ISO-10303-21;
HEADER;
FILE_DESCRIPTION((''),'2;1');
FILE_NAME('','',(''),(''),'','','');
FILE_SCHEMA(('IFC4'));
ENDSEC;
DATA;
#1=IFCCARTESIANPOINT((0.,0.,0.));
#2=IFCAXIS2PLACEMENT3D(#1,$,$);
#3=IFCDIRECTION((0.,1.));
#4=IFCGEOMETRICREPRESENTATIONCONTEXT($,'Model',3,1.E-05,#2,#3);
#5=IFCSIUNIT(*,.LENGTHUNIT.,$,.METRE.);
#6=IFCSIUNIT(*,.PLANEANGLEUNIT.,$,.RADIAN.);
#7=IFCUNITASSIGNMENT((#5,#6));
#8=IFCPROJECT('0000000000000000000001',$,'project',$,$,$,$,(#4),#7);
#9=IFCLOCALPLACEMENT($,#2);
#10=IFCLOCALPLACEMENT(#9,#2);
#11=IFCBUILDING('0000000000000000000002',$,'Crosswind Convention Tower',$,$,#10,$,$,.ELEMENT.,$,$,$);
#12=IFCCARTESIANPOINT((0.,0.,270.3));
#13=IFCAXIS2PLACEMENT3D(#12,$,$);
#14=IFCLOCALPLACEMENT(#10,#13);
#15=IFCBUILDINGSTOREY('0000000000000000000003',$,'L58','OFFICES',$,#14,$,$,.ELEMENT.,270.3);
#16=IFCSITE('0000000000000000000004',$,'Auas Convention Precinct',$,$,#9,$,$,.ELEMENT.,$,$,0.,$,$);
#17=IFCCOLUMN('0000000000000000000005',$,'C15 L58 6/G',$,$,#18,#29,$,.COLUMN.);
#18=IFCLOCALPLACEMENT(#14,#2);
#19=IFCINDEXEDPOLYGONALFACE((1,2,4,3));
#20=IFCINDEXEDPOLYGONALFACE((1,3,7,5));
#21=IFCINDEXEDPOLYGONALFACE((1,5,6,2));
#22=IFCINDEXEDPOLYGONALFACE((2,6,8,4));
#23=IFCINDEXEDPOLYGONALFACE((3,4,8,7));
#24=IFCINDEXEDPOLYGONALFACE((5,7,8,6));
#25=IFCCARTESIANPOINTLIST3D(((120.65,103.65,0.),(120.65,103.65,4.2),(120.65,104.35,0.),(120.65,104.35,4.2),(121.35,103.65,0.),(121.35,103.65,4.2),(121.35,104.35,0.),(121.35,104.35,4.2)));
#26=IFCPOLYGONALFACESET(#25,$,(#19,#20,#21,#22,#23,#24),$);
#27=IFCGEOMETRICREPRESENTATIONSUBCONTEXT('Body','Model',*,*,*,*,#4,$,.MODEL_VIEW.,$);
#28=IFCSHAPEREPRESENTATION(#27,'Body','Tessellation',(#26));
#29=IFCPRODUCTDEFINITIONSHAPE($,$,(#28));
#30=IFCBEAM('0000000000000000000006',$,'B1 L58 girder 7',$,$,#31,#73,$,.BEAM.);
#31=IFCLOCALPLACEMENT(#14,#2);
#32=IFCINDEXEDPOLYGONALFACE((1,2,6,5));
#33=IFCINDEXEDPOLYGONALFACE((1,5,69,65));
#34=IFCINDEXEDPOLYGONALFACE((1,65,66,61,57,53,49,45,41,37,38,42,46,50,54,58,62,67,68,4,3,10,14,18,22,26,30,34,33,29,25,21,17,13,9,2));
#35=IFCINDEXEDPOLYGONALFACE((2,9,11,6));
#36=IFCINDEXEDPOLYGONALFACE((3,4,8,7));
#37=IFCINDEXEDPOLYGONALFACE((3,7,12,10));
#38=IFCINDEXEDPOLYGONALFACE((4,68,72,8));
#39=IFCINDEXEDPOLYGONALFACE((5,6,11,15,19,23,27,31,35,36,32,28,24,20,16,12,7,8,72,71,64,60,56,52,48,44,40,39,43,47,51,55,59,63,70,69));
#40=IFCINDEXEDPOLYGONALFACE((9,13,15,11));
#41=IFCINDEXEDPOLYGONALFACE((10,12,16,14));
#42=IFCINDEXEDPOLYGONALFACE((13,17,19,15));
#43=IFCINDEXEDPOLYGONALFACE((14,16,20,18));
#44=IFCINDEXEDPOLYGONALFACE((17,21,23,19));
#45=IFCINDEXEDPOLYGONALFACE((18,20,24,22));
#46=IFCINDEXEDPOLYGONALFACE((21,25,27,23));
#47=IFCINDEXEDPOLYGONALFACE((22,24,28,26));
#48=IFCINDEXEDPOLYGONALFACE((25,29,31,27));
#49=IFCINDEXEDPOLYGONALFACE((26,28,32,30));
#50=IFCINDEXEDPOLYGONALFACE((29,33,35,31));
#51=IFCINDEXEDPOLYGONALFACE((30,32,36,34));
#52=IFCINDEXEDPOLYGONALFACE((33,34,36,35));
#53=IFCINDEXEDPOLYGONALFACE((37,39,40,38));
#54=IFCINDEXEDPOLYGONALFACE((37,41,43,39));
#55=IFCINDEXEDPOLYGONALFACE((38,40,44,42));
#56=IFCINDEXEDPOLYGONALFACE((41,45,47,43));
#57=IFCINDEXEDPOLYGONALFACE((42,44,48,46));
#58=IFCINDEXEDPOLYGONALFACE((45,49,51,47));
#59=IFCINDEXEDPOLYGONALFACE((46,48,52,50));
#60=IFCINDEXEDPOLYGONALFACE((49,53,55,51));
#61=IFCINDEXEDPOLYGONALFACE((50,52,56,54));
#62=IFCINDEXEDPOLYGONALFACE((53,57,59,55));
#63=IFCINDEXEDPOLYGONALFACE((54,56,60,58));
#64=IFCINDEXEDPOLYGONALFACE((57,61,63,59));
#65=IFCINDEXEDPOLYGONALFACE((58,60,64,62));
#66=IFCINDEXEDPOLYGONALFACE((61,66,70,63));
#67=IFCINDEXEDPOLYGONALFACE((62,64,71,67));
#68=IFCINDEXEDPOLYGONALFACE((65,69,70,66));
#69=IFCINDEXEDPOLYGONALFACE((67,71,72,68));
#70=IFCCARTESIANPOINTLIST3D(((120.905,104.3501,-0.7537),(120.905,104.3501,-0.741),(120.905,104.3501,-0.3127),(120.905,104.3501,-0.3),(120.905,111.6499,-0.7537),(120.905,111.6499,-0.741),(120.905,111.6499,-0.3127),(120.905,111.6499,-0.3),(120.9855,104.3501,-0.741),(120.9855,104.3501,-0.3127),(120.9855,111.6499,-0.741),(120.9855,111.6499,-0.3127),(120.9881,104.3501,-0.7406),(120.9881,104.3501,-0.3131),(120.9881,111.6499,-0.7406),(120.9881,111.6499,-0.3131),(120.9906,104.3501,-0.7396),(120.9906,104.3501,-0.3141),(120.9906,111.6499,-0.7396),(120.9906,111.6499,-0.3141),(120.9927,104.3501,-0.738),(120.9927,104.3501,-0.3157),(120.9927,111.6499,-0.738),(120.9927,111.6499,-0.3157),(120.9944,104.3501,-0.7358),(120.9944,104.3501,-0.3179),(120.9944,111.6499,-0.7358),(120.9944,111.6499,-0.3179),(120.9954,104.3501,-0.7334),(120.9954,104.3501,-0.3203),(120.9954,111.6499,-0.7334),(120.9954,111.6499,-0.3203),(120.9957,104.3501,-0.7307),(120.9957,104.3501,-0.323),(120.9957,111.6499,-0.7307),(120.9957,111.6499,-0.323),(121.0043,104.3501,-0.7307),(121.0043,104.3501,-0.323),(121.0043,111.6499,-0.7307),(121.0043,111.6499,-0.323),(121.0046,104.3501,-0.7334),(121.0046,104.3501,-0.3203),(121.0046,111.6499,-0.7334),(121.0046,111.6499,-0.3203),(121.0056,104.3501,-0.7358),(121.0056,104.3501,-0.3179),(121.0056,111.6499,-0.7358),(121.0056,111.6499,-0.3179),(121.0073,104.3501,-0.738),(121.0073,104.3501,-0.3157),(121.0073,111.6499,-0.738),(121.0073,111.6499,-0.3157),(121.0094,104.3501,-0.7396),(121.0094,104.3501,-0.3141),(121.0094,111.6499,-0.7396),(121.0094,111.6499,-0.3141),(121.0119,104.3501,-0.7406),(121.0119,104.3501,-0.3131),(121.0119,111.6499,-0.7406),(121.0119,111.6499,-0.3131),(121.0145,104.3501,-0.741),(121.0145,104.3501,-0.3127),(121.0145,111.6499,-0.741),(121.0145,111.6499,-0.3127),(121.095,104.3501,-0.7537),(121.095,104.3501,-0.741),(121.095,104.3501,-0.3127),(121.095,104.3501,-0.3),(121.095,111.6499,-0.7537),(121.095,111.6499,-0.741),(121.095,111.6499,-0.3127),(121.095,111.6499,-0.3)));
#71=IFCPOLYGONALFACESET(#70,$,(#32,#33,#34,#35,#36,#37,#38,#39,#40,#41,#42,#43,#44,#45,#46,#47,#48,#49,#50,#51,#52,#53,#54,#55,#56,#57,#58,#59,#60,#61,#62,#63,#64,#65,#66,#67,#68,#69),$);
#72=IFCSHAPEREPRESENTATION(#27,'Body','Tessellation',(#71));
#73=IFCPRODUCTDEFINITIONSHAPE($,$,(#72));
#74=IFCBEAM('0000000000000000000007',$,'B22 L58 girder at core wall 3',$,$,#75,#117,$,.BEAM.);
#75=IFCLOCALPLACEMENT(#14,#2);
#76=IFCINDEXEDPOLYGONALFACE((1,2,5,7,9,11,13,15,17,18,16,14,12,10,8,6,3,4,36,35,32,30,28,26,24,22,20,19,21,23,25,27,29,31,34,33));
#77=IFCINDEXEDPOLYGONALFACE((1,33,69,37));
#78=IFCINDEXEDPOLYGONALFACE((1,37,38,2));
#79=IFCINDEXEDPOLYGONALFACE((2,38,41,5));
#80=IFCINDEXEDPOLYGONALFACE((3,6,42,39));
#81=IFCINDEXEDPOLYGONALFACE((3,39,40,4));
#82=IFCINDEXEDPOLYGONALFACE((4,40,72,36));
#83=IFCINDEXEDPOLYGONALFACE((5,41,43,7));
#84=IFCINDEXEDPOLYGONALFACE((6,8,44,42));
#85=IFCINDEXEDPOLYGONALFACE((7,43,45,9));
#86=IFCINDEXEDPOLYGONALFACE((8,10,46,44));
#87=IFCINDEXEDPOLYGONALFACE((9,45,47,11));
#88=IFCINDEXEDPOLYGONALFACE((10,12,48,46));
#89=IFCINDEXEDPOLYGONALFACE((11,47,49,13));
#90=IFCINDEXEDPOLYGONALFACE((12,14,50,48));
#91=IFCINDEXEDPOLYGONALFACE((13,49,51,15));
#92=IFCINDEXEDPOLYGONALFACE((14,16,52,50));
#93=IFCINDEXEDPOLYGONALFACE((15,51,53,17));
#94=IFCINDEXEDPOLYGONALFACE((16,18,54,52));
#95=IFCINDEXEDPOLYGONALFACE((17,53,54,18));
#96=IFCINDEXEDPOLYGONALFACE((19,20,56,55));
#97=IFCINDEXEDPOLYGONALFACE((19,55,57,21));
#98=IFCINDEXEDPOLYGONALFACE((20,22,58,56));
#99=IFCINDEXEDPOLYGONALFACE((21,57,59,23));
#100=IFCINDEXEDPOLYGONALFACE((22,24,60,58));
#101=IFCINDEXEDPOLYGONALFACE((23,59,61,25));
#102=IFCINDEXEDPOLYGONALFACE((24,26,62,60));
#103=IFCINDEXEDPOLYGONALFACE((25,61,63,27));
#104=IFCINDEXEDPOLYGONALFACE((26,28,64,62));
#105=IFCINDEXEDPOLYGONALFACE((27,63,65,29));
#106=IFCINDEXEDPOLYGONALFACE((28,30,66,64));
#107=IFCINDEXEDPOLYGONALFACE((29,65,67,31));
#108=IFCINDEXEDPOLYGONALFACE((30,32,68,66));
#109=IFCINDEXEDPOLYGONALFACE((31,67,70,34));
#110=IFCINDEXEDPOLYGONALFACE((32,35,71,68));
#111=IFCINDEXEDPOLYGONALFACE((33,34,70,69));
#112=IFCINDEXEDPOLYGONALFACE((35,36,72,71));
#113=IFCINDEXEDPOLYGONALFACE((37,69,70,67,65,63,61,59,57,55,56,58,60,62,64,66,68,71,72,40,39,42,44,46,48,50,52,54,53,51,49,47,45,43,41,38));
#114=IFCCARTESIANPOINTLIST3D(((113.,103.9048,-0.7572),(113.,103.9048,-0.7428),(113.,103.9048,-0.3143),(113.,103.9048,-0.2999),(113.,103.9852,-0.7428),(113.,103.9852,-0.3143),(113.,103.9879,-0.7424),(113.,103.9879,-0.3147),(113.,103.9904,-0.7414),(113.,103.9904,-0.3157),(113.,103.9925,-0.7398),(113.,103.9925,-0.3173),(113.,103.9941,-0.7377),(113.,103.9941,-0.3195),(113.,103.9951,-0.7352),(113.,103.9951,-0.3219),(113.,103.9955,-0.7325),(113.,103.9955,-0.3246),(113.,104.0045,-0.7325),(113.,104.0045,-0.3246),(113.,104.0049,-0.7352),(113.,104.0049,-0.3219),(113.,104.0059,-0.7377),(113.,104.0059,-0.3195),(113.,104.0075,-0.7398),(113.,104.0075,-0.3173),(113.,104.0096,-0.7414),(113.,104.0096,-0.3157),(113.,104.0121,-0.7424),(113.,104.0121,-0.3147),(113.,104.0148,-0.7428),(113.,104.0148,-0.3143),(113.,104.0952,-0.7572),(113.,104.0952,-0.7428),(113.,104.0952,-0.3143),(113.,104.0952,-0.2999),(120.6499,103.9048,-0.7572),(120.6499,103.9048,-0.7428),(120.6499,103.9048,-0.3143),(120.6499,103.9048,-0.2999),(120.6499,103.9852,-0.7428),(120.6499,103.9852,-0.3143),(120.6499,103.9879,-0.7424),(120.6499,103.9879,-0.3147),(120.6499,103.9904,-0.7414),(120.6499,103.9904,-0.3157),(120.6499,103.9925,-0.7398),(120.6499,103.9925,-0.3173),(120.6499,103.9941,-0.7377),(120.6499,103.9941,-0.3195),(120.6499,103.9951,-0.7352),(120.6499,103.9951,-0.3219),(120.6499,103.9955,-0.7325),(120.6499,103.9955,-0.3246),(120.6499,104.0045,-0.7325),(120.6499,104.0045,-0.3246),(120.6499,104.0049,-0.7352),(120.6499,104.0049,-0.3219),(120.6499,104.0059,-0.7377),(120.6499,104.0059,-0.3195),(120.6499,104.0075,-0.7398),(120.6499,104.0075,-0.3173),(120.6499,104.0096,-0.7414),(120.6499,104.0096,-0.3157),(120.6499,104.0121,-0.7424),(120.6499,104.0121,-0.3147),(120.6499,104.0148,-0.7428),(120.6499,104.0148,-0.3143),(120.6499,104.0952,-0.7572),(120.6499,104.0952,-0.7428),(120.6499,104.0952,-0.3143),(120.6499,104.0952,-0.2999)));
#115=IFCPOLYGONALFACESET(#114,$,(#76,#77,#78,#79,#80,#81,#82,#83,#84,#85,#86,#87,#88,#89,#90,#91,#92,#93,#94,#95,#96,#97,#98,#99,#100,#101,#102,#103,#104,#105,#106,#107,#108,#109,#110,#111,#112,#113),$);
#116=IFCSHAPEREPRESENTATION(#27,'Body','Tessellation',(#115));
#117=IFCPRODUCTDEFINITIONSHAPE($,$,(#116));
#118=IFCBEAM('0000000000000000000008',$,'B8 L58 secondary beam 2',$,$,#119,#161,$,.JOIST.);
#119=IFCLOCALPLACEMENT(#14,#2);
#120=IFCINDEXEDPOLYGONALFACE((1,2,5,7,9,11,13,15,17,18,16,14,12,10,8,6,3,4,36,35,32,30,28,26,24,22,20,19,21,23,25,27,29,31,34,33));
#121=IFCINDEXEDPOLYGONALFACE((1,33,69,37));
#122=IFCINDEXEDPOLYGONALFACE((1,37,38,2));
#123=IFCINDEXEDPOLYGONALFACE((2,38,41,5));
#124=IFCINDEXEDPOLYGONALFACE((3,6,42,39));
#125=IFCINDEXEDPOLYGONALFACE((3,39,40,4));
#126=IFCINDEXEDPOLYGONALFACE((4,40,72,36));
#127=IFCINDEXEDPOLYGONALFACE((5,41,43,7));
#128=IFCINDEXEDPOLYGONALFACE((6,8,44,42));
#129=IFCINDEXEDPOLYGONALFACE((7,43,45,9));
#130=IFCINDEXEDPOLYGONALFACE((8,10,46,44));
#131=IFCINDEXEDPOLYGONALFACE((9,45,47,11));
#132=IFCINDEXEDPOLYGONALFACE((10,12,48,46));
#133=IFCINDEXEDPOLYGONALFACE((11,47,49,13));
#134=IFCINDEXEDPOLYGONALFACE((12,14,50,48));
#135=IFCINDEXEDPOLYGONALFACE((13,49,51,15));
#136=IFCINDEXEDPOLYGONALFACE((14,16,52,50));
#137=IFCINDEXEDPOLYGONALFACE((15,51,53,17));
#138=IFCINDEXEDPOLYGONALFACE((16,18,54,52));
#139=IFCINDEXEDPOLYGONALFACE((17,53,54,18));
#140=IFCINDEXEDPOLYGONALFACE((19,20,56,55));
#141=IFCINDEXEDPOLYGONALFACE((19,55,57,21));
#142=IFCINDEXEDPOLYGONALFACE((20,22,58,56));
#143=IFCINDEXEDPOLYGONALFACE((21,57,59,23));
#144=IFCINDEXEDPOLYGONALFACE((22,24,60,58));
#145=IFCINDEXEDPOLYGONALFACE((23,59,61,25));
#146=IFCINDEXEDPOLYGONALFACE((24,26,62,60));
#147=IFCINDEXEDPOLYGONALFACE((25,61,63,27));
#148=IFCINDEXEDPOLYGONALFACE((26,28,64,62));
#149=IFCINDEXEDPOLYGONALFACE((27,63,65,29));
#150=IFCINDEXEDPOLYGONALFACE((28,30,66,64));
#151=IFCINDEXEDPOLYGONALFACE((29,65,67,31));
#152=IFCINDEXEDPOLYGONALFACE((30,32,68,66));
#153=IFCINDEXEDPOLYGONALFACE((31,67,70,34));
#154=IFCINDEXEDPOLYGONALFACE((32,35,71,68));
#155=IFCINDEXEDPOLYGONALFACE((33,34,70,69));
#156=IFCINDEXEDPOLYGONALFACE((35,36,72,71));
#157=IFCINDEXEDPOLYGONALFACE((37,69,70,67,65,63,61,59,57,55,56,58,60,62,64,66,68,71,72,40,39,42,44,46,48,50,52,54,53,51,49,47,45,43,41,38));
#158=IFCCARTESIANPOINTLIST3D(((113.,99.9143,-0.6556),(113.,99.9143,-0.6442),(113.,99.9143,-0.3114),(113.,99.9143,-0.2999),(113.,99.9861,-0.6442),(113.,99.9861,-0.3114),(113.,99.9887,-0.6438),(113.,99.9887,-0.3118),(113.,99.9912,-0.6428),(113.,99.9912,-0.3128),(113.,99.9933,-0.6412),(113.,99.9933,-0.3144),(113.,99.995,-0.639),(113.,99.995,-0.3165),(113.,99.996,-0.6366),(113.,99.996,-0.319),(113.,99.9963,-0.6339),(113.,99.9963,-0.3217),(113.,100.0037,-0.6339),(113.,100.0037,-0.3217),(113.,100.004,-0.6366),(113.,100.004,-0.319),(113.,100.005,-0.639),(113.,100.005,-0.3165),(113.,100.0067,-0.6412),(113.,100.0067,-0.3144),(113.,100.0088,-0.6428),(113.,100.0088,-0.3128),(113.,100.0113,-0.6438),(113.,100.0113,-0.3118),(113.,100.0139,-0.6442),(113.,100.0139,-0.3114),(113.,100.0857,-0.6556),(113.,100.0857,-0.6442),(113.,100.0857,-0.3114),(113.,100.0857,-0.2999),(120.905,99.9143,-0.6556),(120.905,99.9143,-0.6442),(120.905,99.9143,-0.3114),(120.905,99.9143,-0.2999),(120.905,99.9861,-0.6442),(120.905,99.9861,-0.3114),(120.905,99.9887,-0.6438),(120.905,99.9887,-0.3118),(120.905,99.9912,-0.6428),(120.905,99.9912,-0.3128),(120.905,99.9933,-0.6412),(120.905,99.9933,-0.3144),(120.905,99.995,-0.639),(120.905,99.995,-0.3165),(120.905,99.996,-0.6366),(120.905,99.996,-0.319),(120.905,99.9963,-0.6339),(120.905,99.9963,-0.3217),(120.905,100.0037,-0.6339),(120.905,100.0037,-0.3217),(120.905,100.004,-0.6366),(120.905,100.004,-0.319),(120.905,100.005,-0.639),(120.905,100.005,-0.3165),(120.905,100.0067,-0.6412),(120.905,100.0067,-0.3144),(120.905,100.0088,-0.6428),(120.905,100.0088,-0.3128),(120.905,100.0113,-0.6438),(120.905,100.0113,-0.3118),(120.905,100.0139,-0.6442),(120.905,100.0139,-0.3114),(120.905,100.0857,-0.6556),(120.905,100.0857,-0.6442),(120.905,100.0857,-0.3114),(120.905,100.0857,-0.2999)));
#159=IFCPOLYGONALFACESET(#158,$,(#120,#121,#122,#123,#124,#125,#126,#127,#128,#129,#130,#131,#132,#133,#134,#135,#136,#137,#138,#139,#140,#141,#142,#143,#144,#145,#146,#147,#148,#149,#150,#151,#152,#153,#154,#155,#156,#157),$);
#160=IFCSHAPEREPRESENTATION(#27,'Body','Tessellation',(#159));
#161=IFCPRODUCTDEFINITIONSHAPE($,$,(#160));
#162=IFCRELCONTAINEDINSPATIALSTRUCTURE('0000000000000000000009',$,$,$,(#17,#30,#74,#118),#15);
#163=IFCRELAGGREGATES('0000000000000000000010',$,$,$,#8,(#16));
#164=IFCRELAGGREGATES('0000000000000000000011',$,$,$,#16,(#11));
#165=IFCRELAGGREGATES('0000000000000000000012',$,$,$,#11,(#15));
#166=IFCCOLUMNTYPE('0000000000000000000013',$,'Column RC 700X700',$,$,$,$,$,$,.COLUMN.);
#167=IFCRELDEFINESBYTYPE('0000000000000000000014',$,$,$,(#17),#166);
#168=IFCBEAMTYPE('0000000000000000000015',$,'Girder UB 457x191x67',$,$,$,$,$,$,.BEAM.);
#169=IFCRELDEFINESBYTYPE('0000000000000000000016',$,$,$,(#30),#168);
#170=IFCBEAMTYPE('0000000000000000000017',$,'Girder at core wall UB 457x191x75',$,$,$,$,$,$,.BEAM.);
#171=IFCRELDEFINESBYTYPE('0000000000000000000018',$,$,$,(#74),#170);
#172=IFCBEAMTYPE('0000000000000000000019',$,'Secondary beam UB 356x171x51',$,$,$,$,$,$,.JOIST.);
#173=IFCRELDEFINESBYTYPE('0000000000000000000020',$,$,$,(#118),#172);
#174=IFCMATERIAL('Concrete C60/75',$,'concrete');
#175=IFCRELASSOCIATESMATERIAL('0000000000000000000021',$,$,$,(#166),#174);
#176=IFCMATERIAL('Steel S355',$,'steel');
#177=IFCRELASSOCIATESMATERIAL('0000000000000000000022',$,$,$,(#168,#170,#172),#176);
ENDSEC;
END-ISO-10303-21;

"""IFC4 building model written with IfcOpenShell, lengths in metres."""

from ifc_helpers import new_model, si_unit, direction, frame, origin, origin_2d, place, context, subcontext, project, spatial, rectangle, i_section, extrude, material, material_profile, profile_set, type_object, element, save


model = new_model("IFC4")

# Units and contexts
model_context = context("Model", 3, precision=1e-05, world=origin(), true_north=direction((0.0, 1.0)))
body_context = subcontext(model_context, "Body", "Model", "MODEL_VIEW")
ifc_project = project(units=[si_unit("LENGTHUNIT", "METRE"), si_unit("PLANEANGLEUNIT", "RADIAN")], contexts=[model_context])

# Site, building, storey
site_placement = place(None, origin())
site = spatial("IfcSite", under=ifc_project, at=site_placement, Name="Auas Convention Precinct", CompositionType="ELEMENT", RefElevation=0.0)
building_placement = place(site_placement, origin())
building = spatial("IfcBuilding", under=site, at=building_placement, Name="Crosswind Convention Tower", CompositionType="ELEMENT")
storey_placement = place(building_placement, frame((0.0, 0.0, 270.3)))
storey = spatial("IfcBuildingStorey", under=building, at=storey_placement, Name="L58", Description="OFFICES", CompositionType="ELEMENT", Elevation=270.3)

# Column
ifc_material_1 = material(Name="Concrete C60/75", Category="concrete")
ifc_material_profile_1 = material_profile(ifc_material_1, rectangle(XDim=0.7, YDim=0.7, at=origin_2d()), Name="RC 700X700")
ifc_profile_set_1 = profile_set([ifc_material_profile_1], Name="Concrete C60/75")
column_type = type_object("IfcColumnType", Name="Column RC 700X700", PredefinedType="COLUMN", material=ifc_profile_set_1)
column_placement = place(storey_placement, frame((121.0, 104.0, 0.0), z_axis=(0.0, 0.0, 1.0), x_axis=(1.0, 0.0, 0.0)))
element("IfcColumn", 1, at=column_placement, inside=storey, type_object=column_type, Name="C15 L58 6/G", PredefinedType="COLUMN", context=body_context, shape_type="SweptSolid", body=[
    extrude(rectangle(XDim=0.7, YDim=0.7, at=origin_2d()), origin(), (0.0, 0.0, 1.0), 4.2),
])

# Beams
ifc_material_2 = material(Name="Steel S355", Category="steel")
ifc_material_profile_2 = material_profile(ifc_material_2, i_section(OverallWidth=0.1899, OverallDepth=0.4536, WebThickness=0.0085, FlangeThickness=0.0127, FilletRadius=0.0103, at=origin_2d()), Name="UB 457x191x67")
ifc_profile_set_2 = profile_set([ifc_material_profile_2], Name="Steel S355")
beam_type_1 = type_object("IfcBeamType", Name="Girder UB 457x191x67", PredefinedType="BEAM", material=ifc_profile_set_2)
beam_1_placement = place(storey_placement, frame((121.0, 104.3501, -0.5269), z_axis=(0.0, 1.0, 0.0), x_axis=(-1.0, 0.0, 0.0)))
element("IfcBeam", 2, at=beam_1_placement, inside=storey, type_object=beam_type_1, Name="B1 L58 girder 7", PredefinedType="BEAM", context=body_context, shape_type="SweptSolid", body=[
    extrude(i_section(OverallWidth=0.1899, OverallDepth=0.4536, WebThickness=0.0085, FlangeThickness=0.0127, FilletRadius=0.0103, at=origin_2d()), origin(), (0.0, 0.0, 1.0), 7.2998),
])
ifc_material_profile_3 = material_profile(ifc_material_2, i_section(OverallWidth=0.1904, OverallDepth=0.4573, WebThickness=0.009, FlangeThickness=0.0144, FilletRadius=0.0103, at=origin_2d()), Name="UB 457x191x75")
ifc_profile_set_3 = profile_set([ifc_material_profile_3], Name="Steel S355")
beam_type_2 = type_object("IfcBeamType", Name="Girder at core wall UB 457x191x75", PredefinedType="BEAM", material=ifc_profile_set_3)
beam_2_placement = place(storey_placement, frame((113.0, 104.0, -0.5286), z_axis=(1.0, 0.0, 0.0), x_axis=(0.0, 1.0, 0.0)))
element("IfcBeam", 3, at=beam_2_placement, inside=storey, type_object=beam_type_2, Name="B22 L58 girder at core wall 3", PredefinedType="BEAM", context=body_context, shape_type="SweptSolid", body=[
    extrude(i_section(OverallWidth=0.1904, OverallDepth=0.4573, WebThickness=0.009, FlangeThickness=0.0144, FilletRadius=0.0103, at=origin_2d()), origin(), (0.0, 0.0, 1.0), 7.6499),
])
ifc_material_profile_4 = material_profile(ifc_material_2, i_section(OverallWidth=0.1714, OverallDepth=0.3557, WebThickness=0.0073, FlangeThickness=0.0115, FilletRadius=0.0103, at=origin_2d()), Name="UB 356x171x51")
ifc_profile_set_4 = profile_set([ifc_material_profile_4], Name="Steel S355")
beam_type_3 = type_object("IfcBeamType", Name="Secondary beam UB 356x171x51", PredefinedType="JOIST", material=ifc_profile_set_4)
for number, where, z_axis, x_axis, name in (
    (4, (113.0, 100.0, -0.4778), (1.0, 0.0, 0.0), (0.0, 1.0, 0.0), "B8 L58 secondary beam 2"),
):
    element("IfcBeam", number, at=place(storey_placement, frame(where, z_axis=z_axis, x_axis=x_axis)), inside=storey, type_object=beam_type_3, Name=name, PredefinedType="JOIST", context=body_context, shape_type="SweptSolid", body=[
        extrude(i_section(OverallWidth=0.1714, OverallDepth=0.3557, WebThickness=0.0073, FlangeThickness=0.0115, FilletRadius=0.0103, at=origin_2d()), origin(), (0.0, 0.0, 1.0), 7.905),
    ])

save(model, "model.ifc")
